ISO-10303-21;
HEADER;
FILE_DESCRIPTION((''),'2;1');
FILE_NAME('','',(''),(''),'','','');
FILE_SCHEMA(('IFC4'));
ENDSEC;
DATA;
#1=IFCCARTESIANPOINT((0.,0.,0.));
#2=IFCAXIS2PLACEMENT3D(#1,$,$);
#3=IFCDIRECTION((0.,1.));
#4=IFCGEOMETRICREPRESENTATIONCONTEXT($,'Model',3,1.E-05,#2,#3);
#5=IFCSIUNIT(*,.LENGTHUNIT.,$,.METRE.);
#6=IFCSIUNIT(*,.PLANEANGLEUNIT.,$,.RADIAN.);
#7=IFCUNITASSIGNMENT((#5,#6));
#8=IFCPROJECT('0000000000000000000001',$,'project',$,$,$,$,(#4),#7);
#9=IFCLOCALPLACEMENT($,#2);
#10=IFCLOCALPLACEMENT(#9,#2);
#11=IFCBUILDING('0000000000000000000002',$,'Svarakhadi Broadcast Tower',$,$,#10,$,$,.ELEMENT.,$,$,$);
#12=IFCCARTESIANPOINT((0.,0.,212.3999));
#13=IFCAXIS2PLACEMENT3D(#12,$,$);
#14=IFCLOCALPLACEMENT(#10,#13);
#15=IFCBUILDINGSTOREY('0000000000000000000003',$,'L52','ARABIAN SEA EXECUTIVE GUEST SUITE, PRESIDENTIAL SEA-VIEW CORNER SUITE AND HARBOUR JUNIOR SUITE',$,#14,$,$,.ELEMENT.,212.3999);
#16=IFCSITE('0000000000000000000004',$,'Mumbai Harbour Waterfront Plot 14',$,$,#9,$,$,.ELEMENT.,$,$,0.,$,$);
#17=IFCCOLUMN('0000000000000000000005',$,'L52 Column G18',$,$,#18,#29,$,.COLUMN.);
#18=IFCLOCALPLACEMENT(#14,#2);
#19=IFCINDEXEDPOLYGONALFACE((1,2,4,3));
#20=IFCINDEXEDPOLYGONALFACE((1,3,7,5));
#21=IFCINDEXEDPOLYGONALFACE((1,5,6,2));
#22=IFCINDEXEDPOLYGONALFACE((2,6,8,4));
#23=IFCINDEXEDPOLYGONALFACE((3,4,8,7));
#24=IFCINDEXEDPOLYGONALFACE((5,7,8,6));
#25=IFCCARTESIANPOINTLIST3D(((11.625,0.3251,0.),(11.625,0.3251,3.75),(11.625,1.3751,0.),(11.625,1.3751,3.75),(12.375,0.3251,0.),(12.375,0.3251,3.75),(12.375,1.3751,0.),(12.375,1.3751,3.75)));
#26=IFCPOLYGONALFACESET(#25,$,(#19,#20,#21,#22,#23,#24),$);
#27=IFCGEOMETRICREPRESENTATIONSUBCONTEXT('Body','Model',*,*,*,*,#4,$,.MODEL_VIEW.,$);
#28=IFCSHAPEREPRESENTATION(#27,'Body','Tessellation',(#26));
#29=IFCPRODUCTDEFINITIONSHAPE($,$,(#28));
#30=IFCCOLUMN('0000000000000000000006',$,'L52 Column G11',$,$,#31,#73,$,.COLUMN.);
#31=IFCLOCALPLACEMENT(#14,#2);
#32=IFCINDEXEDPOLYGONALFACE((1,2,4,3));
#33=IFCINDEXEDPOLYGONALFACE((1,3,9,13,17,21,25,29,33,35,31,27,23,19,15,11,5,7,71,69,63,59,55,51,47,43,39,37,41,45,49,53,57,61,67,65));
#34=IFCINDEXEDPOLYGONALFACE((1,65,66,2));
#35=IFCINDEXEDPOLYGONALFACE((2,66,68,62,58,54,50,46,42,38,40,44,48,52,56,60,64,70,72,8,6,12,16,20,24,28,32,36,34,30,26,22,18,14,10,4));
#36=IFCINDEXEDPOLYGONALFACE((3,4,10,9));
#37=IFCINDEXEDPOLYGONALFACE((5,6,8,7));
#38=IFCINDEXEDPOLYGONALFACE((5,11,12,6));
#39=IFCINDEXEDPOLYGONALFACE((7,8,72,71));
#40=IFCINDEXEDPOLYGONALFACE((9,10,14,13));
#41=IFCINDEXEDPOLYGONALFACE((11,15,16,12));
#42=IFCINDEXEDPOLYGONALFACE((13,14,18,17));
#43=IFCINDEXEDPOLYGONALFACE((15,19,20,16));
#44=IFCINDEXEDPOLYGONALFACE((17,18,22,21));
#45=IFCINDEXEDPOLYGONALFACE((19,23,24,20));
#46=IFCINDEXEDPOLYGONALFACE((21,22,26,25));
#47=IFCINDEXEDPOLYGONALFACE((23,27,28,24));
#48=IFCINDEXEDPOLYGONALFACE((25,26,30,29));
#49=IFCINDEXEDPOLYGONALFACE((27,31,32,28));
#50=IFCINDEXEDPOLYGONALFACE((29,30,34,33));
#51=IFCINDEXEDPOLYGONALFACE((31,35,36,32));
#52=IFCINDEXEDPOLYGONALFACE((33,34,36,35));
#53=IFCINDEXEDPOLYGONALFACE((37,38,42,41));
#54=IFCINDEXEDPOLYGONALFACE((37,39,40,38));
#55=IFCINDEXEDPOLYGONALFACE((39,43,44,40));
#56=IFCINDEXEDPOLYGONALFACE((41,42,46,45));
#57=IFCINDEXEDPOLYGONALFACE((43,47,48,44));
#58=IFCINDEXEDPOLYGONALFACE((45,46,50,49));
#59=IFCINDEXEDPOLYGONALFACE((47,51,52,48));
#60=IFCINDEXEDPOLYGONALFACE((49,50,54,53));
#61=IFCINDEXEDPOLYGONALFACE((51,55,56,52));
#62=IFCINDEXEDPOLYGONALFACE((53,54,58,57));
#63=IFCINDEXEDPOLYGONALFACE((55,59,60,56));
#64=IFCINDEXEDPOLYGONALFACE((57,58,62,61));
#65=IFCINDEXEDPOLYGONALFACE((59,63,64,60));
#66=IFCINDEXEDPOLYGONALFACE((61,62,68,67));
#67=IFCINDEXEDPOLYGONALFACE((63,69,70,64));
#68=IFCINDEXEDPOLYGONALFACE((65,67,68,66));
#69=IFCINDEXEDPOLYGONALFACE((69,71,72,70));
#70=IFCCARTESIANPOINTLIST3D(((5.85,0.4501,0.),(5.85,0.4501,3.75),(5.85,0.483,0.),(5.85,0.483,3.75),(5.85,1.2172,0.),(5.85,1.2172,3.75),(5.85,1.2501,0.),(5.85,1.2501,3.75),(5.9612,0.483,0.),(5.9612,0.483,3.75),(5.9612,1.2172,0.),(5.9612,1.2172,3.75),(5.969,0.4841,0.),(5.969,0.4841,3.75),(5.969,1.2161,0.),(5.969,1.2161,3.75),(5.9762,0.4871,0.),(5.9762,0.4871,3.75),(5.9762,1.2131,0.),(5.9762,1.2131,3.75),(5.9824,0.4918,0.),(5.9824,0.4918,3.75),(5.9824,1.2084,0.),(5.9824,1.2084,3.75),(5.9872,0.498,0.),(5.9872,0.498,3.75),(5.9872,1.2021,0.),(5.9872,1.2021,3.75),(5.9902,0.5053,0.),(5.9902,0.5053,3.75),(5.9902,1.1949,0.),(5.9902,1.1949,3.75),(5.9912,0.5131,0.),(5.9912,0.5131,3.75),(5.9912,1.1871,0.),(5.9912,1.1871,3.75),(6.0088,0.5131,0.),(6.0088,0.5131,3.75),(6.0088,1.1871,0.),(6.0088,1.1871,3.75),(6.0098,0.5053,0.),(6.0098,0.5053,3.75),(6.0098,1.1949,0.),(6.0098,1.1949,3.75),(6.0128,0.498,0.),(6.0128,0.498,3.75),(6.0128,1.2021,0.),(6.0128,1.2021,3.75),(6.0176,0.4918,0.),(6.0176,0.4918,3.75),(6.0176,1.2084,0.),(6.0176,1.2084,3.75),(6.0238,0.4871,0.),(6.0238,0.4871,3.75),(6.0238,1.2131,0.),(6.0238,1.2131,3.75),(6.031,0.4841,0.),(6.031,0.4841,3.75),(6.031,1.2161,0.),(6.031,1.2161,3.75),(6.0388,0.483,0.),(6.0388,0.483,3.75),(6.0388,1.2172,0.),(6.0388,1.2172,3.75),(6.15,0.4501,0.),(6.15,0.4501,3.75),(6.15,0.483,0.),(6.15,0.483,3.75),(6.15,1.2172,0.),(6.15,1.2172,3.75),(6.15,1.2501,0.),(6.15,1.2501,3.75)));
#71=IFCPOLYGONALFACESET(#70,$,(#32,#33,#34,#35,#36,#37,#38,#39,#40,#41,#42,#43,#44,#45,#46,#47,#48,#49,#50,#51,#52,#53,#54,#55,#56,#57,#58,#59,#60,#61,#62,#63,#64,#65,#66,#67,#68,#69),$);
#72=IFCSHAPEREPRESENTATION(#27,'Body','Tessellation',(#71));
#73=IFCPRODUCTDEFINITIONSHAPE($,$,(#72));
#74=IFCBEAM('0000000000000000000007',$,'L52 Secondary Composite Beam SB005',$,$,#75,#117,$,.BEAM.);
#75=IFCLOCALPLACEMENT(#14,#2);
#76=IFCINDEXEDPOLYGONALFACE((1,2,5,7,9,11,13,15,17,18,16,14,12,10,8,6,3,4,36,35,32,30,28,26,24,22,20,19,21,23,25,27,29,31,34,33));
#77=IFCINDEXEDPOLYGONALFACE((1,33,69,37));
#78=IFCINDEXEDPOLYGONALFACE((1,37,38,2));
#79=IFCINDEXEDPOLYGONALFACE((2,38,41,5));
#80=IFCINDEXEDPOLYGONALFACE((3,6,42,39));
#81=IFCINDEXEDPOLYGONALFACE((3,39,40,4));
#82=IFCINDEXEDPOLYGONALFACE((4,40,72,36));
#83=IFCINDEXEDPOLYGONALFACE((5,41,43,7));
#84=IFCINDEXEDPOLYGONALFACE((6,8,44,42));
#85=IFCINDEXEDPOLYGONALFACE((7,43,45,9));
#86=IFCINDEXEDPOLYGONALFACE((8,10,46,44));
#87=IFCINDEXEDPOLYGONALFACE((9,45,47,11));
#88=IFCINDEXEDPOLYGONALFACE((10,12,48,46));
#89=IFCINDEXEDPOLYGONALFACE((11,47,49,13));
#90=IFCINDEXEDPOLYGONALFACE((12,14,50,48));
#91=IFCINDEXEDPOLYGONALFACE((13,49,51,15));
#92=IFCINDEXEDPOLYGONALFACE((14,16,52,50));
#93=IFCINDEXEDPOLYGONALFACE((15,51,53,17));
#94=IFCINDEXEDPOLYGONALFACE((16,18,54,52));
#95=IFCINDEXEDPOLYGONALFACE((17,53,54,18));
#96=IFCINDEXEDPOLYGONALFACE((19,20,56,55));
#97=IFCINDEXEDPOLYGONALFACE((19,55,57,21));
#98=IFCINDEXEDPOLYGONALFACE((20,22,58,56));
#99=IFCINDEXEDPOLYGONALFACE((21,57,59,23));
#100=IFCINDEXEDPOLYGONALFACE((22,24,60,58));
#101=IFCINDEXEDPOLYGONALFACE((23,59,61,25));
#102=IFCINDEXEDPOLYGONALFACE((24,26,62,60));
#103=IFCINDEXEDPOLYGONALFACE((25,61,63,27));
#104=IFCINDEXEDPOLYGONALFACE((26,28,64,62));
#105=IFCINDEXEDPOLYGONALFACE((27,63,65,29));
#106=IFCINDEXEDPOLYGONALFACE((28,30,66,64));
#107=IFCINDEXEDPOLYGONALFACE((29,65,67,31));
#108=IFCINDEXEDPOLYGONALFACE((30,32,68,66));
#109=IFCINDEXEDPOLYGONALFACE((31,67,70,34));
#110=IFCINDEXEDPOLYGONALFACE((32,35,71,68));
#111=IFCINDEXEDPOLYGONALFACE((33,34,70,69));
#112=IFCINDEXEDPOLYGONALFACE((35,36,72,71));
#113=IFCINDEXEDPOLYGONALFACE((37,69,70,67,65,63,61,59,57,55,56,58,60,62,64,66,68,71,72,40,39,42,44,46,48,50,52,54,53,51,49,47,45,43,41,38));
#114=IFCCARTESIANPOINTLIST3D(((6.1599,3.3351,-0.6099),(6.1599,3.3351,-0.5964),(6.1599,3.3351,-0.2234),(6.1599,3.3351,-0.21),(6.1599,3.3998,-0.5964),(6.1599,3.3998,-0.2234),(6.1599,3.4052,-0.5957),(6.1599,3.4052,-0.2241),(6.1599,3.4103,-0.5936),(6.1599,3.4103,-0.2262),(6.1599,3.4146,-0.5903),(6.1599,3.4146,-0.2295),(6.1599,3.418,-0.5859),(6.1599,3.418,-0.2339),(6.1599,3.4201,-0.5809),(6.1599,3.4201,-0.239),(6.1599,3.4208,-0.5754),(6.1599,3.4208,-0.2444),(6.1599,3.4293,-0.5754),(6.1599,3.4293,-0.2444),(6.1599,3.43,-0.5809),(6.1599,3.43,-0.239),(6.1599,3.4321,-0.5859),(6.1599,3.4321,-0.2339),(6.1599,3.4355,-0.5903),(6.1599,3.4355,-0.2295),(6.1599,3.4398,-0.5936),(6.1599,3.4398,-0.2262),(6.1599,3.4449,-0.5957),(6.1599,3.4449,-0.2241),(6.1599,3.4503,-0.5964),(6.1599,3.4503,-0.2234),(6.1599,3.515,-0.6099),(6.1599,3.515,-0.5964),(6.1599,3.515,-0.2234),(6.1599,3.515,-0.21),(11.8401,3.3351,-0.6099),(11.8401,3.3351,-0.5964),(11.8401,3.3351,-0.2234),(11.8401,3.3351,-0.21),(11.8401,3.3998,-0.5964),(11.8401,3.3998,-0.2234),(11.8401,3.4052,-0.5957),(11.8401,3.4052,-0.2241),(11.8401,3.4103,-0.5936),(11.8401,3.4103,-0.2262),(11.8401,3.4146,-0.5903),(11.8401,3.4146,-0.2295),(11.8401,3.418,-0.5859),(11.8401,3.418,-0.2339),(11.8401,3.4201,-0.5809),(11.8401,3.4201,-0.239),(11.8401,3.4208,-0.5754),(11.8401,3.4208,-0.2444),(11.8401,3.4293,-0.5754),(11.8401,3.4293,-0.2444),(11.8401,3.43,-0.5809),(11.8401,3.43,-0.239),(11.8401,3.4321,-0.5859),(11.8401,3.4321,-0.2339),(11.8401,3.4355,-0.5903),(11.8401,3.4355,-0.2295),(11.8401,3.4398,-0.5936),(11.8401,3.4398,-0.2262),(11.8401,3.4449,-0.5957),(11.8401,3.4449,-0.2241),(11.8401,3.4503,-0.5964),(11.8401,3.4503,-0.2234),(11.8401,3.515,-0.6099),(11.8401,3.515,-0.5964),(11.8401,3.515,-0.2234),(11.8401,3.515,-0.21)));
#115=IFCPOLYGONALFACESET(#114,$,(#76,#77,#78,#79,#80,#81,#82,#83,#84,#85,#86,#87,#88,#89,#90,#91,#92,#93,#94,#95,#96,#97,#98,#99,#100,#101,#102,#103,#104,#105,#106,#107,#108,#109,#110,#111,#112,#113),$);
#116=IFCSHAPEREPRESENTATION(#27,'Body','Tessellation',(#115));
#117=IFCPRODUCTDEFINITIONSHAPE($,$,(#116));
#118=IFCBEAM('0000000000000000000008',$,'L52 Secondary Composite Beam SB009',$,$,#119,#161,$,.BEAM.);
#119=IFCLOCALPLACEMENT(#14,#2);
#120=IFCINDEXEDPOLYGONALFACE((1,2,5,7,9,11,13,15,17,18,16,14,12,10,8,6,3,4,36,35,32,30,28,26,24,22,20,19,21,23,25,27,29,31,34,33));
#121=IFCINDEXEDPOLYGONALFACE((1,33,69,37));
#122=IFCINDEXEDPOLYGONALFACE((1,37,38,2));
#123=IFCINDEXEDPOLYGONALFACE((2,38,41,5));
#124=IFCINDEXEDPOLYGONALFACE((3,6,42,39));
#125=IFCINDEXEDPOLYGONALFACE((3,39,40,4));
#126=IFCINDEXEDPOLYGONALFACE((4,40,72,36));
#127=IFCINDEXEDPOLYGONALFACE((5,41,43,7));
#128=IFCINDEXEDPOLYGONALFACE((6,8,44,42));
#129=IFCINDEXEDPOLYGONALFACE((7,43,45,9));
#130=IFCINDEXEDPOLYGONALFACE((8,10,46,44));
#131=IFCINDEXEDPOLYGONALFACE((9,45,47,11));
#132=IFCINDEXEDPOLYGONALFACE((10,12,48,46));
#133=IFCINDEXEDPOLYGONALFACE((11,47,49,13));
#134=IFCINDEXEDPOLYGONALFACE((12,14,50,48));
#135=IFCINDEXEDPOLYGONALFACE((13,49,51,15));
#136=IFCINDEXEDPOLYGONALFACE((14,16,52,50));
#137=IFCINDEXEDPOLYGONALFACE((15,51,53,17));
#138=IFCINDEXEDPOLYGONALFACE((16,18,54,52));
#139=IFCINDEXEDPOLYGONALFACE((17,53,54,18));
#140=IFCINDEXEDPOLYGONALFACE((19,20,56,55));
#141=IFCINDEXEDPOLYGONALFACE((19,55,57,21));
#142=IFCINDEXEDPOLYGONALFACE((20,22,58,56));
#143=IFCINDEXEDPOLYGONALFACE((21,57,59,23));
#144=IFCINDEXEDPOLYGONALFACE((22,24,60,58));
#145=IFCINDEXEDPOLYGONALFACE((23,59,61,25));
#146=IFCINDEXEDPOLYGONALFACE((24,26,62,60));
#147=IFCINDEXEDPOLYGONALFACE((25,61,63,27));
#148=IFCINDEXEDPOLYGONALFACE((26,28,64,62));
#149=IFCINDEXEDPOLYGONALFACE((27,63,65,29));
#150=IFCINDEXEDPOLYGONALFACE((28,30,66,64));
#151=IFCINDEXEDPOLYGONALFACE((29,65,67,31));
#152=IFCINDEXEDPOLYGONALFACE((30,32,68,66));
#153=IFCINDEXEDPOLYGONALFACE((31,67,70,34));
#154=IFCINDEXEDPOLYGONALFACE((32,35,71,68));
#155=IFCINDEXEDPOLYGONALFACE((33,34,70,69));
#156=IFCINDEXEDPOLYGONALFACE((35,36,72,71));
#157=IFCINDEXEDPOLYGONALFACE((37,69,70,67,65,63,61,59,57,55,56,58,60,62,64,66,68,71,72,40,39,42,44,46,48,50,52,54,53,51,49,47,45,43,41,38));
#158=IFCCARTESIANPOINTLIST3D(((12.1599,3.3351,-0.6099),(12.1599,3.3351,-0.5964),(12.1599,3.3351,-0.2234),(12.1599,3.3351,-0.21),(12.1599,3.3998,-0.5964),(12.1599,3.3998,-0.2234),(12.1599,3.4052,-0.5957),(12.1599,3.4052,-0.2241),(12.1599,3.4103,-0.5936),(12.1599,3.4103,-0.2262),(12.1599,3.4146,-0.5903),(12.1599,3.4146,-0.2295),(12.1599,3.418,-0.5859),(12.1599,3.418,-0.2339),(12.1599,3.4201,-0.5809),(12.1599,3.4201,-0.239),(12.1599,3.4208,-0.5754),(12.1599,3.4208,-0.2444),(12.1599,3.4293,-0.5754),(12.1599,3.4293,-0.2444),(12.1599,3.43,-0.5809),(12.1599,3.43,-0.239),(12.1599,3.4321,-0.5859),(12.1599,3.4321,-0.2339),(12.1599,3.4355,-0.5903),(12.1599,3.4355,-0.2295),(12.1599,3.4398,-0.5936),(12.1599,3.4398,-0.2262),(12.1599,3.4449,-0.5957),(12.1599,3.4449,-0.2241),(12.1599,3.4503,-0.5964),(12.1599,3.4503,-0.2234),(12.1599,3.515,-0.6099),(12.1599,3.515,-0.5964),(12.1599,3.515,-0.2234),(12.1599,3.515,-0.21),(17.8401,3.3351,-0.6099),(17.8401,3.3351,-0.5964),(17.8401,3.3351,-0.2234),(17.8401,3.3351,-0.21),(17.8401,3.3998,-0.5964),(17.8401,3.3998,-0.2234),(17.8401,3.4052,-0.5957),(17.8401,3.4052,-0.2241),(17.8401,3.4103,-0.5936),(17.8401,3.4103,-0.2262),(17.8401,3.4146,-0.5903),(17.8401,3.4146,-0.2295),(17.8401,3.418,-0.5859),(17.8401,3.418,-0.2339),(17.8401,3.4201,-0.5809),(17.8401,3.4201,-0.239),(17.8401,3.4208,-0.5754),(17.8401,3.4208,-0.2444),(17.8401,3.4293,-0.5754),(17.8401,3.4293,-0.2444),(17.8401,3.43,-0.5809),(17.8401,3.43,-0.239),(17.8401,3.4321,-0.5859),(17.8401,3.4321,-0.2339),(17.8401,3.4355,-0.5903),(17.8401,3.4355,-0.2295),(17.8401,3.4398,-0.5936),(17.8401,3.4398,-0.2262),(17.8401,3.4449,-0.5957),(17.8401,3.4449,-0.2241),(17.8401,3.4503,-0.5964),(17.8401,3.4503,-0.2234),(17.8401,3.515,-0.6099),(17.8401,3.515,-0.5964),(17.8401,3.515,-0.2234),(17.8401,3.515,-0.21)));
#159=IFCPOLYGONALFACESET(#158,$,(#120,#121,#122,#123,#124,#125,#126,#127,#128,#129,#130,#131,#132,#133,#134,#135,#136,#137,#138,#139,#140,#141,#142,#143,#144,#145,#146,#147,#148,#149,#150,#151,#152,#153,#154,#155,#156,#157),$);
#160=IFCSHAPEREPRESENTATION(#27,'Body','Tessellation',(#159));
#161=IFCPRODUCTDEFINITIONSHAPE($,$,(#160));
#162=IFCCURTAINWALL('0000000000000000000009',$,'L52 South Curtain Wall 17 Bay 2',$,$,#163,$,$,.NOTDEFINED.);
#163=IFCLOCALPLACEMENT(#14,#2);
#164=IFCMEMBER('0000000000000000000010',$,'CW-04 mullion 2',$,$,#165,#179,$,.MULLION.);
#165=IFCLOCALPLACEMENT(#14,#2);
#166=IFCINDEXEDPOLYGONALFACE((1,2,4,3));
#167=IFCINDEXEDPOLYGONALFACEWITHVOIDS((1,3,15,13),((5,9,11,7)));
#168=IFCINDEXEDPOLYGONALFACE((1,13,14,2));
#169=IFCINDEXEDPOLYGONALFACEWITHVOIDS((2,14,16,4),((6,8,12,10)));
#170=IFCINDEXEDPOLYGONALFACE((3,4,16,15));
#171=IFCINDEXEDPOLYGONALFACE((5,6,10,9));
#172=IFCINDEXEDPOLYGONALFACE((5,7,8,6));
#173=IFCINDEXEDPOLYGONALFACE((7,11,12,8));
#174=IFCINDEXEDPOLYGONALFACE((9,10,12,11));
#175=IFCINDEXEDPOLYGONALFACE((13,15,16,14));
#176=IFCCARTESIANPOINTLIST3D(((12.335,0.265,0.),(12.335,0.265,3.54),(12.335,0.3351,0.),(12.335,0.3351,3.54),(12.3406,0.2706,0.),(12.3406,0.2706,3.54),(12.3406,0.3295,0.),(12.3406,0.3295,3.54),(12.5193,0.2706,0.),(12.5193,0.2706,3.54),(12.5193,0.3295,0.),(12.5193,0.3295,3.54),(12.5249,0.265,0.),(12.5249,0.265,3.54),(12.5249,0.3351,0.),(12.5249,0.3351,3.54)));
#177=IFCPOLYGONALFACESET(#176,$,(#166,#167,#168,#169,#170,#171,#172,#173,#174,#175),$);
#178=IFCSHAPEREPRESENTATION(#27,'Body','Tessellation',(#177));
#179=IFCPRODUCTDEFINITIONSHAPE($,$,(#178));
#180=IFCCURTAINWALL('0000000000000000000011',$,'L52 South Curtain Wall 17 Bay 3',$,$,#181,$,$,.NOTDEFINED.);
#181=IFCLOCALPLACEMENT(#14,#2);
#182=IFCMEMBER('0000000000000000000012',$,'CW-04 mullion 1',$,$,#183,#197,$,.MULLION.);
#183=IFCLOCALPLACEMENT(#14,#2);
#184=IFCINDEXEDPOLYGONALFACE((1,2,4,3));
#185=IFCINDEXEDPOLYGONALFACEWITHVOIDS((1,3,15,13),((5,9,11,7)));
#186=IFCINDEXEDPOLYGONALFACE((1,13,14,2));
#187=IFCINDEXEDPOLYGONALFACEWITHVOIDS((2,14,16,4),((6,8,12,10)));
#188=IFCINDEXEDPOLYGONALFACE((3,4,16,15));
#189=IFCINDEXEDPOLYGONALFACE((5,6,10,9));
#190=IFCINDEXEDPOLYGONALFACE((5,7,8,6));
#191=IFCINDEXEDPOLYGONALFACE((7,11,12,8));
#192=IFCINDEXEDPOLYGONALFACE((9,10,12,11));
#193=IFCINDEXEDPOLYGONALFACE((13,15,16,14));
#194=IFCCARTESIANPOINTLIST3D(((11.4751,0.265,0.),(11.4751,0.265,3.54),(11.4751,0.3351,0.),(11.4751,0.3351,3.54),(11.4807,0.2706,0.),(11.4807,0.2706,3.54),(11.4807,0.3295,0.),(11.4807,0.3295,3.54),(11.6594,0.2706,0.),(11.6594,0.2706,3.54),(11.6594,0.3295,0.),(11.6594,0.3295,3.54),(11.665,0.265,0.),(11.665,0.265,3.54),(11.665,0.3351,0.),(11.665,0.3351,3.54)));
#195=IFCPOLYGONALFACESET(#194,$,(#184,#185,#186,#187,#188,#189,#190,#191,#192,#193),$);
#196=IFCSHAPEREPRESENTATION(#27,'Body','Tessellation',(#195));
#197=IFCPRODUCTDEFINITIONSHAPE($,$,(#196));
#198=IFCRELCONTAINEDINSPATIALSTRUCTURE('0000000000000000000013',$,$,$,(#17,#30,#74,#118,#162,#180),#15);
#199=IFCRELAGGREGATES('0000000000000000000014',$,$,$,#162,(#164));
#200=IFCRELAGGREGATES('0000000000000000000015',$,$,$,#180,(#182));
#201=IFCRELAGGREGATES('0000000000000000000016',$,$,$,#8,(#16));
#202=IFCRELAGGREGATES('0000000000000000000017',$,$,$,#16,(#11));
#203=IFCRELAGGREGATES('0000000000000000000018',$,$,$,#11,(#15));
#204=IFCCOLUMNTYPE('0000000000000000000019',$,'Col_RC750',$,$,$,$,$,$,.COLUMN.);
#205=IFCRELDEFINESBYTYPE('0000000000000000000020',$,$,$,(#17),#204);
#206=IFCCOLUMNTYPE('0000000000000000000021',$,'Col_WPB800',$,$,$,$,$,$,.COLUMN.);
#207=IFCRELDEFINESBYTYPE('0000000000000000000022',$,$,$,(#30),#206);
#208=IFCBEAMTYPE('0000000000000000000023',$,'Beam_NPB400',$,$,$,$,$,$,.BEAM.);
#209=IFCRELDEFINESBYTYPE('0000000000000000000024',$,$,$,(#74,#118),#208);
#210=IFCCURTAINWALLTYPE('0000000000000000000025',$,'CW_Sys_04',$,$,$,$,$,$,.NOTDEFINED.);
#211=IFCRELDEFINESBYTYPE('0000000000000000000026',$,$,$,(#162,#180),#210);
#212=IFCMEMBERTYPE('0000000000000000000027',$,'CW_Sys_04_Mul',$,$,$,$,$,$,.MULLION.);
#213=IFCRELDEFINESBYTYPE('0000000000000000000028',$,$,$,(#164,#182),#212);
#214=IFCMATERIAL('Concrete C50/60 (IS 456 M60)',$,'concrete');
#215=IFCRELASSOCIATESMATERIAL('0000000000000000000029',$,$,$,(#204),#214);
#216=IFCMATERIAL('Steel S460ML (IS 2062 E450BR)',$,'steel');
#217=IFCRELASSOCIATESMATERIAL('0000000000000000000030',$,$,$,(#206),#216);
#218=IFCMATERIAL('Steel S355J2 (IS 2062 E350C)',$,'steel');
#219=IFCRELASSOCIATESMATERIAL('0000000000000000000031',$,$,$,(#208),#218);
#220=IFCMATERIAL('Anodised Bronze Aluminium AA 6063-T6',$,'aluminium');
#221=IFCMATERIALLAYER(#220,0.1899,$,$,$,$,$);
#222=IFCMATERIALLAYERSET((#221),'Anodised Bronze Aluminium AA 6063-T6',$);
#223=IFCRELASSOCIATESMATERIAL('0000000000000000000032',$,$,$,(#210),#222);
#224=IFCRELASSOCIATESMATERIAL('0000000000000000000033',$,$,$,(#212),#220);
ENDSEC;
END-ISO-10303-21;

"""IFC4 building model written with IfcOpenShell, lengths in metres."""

from ifc_helpers import new_model, si_unit, direction, frame, origin, origin_2d, place, context, subcontext, project, spatial, rectangle, hollow_rectangle, i_section, extrude, material, layer, layer_set, material_profile, profile_set, type_object, element, aggregate, save


model = new_model("IFC4")

# Units and contexts
model_context = context("Model", 3, precision=1e-05, world=origin(), true_north=direction((0.0, 1.0)))
body_context = subcontext(model_context, "Body", "Model", "MODEL_VIEW")
ifc_project = project(units=[si_unit("LENGTHUNIT", "METRE"), si_unit("PLANEANGLEUNIT", "RADIAN")], contexts=[model_context])

# Site, building, storey
site_placement = place(None, origin())
site = spatial("IfcSite", under=ifc_project, at=site_placement, Name="Mumbai Harbour Waterfront Plot 14", CompositionType="ELEMENT", RefElevation=0.0)
building_placement = place(site_placement, origin())
building = spatial("IfcBuilding", under=site, at=building_placement, Name="Svarakhadi Broadcast Tower", CompositionType="ELEMENT")
storey_placement = place(building_placement, frame((0.0, 0.0, 212.3999)))
storey = spatial("IfcBuildingStorey", under=building, at=storey_placement, Name="L52", Description="ARABIAN SEA EXECUTIVE GUEST SUITE, PRESIDENTIAL SEA-VIEW CORNER SUITE AND HARBOUR JUNIOR SUITE", CompositionType="ELEMENT", Elevation=212.3999)

# Columns
ifc_material_1 = material(Name="Concrete C50/60 (IS 456 M60)", Category="concrete")
ifc_material_profile_1 = material_profile(ifc_material_1, rectangle(XDim=0.75, YDim=1.05, at=origin_2d()), Name="RC 750x1050")
ifc_profile_set_1 = profile_set([ifc_material_profile_1], Name="Concrete C50/60 (IS 456 M60)")
column_type_1 = type_object("IfcColumnType", Name="Col_RC750", PredefinedType="COLUMN", material=ifc_profile_set_1)
column_1_placement = place(storey_placement, frame((12.0, 0.8501, 0.0), z_axis=(0.0, 0.0, 1.0), x_axis=(1.0, 0.0, 0.0)))
element("IfcColumn", 1, at=column_1_placement, inside=storey, type_object=column_type_1, Name="L52 Column G18", PredefinedType="COLUMN", context=body_context, shape_type="SweptSolid", body=[
    extrude(rectangle(XDim=0.75, YDim=1.05, at=origin_2d()), origin(), (0.0, 0.0, 1.0), 3.75),
])
ifc_material_2 = material(Name="Steel S460ML (IS 2062 E450BR)", Category="steel")
ifc_material_profile_2 = material_profile(ifc_material_2, i_section(OverallWidth=0.3, OverallDepth=0.8, WebThickness=0.0176, FlangeThickness=0.033, FilletRadius=0.03, at=origin_2d()), Name="WPB 800x300x262")
ifc_profile_set_2 = profile_set([ifc_material_profile_2], Name="Steel S460ML (IS 2062 E450BR)")
column_type_2 = type_object("IfcColumnType", Name="Col_WPB800", PredefinedType="COLUMN", material=ifc_profile_set_2)
column_2_placement = place(storey_placement, frame((6.0, 0.8501, 0.0), z_axis=(0.0, 0.0, 1.0), x_axis=(1.0, 0.0, 0.0)))
element("IfcColumn", 2, at=column_2_placement, inside=storey, type_object=column_type_2, Name="L52 Column G11", PredefinedType="COLUMN", context=body_context, shape_type="SweptSolid", body=[
    extrude(i_section(OverallWidth=0.3, OverallDepth=0.8, WebThickness=0.0176, FlangeThickness=0.033, FilletRadius=0.03, at=origin_2d()), origin(), (0.0, 0.0, 1.0), 3.75),
])

# Beams
ifc_material_3 = material(Name="Steel S355J2 (IS 2062 E350C)", Category="steel")
ifc_material_profile_3 = material_profile(ifc_material_3, i_section(OverallWidth=0.1799, OverallDepth=0.3999, WebThickness=0.0085, FlangeThickness=0.0134, FilletRadius=0.021, at=origin_2d()), Name="NPB 400x180x66")
ifc_profile_set_3 = profile_set([ifc_material_profile_3], Name="Steel S355J2 (IS 2062 E350C)")
beam_type_1 = type_object("IfcBeamType", Name="Beam_NPB400", PredefinedType="BEAM", material=ifc_profile_set_3)
for number, where, z_axis, x_axis, name in (
    (3, (6.1599, 3.425, -0.4099), (1.0, 0.0, 0.0), (0.0, 1.0, 0.0), "L52 Secondary Composite Beam SB005"),
    (4, (12.1599, 3.425, -0.4099), (1.0, 0.0, 0.0), (0.0, 1.0, 0.0), "L52 Secondary Composite Beam SB009"),
):
    element("IfcBeam", number, at=place(storey_placement, frame(where, z_axis=z_axis, x_axis=x_axis)), inside=storey, type_object=beam_type_1, Name=name, PredefinedType="BEAM", context=body_context, shape_type="SweptSolid", body=[
        extrude(i_section(OverallWidth=0.1799, OverallDepth=0.3999, WebThickness=0.0085, FlangeThickness=0.0134, FilletRadius=0.021, at=origin_2d()), origin(), (0.0, 0.0, 1.0), 5.6802),
    ])

# Curtain wall, member
ifc_material_4 = material(Name="Anodised Bronze Aluminium AA 6063-T6", Category="aluminium")
ifc_layer_1 = layer(ifc_material_4, 0.1899)
ifc_layer_set_1 = layer_set([ifc_layer_1], Name="Anodised Bronze Aluminium AA 6063-T6")
curtain_wall_type = type_object("IfcCurtainWallType", Name="CW_Sys_04", PredefinedType="NOTDEFINED", material=ifc_layer_set_1)
curtain_wall_1_placement = place(storey_placement, origin())
curtain_wall_1 = element("IfcCurtainWall", 5, at=curtain_wall_1_placement, inside=storey, type_object=curtain_wall_type, Name="L52 South Curtain Wall 17 Bay 2", PredefinedType="NOTDEFINED")
ifc_material_profile_4 = material_profile(ifc_material_4, hollow_rectangle(XDim=0.0701, YDim=0.1899, WallThickness=0.0056, at=origin_2d()), Name="ALU MULLION 190x70x6")
ifc_profile_set_4 = profile_set([ifc_material_profile_4], Name="Anodised Bronze Aluminium AA 6063-T6")
member_type_1 = type_object("IfcMemberType", Name="CW_Sys_04_Mul", PredefinedType="MULLION", material=ifc_profile_set_4)
member_1_placement = place(storey_placement, frame((12.4299, 0.3, 0.0), z_axis=(0.0, 0.0, 1.0), x_axis=(0.0, -1.0, 0.0)))
member_1 = element("IfcMember", 6, at=member_1_placement, type_object=member_type_1, Name="CW-04 mullion 2", PredefinedType="MULLION", context=body_context, shape_type="SweptSolid", body=[
    extrude(hollow_rectangle(XDim=0.0701, YDim=0.1899, WallThickness=0.0056, at=origin_2d()), origin(), (0.0, 0.0, 1.0), 3.54),
])
aggregate(curtain_wall_1, [member_1])

# Curtain wall, member
curtain_wall_2_placement = place(storey_placement, origin())
curtain_wall_2 = element("IfcCurtainWall", 7, at=curtain_wall_2_placement, inside=storey, type_object=curtain_wall_type, Name="L52 South Curtain Wall 17 Bay 3", PredefinedType="NOTDEFINED")
member_2_placement = place(storey_placement, frame((11.5701, 0.3, 0.0), z_axis=(0.0, 0.0, 1.0), x_axis=(0.0, -1.0, 0.0)))
member_2 = element("IfcMember", 8, at=member_2_placement, type_object=member_type_1, Name="CW-04 mullion 1", PredefinedType="MULLION", context=body_context, shape_type="SweptSolid", body=[
    extrude(hollow_rectangle(XDim=0.0701, YDim=0.1899, WallThickness=0.0056, at=origin_2d()), origin(), (0.0, 0.0, 1.0), 3.54),
])

aggregate(curtain_wall_2, [member_2])

save(model, "model.ifc")
